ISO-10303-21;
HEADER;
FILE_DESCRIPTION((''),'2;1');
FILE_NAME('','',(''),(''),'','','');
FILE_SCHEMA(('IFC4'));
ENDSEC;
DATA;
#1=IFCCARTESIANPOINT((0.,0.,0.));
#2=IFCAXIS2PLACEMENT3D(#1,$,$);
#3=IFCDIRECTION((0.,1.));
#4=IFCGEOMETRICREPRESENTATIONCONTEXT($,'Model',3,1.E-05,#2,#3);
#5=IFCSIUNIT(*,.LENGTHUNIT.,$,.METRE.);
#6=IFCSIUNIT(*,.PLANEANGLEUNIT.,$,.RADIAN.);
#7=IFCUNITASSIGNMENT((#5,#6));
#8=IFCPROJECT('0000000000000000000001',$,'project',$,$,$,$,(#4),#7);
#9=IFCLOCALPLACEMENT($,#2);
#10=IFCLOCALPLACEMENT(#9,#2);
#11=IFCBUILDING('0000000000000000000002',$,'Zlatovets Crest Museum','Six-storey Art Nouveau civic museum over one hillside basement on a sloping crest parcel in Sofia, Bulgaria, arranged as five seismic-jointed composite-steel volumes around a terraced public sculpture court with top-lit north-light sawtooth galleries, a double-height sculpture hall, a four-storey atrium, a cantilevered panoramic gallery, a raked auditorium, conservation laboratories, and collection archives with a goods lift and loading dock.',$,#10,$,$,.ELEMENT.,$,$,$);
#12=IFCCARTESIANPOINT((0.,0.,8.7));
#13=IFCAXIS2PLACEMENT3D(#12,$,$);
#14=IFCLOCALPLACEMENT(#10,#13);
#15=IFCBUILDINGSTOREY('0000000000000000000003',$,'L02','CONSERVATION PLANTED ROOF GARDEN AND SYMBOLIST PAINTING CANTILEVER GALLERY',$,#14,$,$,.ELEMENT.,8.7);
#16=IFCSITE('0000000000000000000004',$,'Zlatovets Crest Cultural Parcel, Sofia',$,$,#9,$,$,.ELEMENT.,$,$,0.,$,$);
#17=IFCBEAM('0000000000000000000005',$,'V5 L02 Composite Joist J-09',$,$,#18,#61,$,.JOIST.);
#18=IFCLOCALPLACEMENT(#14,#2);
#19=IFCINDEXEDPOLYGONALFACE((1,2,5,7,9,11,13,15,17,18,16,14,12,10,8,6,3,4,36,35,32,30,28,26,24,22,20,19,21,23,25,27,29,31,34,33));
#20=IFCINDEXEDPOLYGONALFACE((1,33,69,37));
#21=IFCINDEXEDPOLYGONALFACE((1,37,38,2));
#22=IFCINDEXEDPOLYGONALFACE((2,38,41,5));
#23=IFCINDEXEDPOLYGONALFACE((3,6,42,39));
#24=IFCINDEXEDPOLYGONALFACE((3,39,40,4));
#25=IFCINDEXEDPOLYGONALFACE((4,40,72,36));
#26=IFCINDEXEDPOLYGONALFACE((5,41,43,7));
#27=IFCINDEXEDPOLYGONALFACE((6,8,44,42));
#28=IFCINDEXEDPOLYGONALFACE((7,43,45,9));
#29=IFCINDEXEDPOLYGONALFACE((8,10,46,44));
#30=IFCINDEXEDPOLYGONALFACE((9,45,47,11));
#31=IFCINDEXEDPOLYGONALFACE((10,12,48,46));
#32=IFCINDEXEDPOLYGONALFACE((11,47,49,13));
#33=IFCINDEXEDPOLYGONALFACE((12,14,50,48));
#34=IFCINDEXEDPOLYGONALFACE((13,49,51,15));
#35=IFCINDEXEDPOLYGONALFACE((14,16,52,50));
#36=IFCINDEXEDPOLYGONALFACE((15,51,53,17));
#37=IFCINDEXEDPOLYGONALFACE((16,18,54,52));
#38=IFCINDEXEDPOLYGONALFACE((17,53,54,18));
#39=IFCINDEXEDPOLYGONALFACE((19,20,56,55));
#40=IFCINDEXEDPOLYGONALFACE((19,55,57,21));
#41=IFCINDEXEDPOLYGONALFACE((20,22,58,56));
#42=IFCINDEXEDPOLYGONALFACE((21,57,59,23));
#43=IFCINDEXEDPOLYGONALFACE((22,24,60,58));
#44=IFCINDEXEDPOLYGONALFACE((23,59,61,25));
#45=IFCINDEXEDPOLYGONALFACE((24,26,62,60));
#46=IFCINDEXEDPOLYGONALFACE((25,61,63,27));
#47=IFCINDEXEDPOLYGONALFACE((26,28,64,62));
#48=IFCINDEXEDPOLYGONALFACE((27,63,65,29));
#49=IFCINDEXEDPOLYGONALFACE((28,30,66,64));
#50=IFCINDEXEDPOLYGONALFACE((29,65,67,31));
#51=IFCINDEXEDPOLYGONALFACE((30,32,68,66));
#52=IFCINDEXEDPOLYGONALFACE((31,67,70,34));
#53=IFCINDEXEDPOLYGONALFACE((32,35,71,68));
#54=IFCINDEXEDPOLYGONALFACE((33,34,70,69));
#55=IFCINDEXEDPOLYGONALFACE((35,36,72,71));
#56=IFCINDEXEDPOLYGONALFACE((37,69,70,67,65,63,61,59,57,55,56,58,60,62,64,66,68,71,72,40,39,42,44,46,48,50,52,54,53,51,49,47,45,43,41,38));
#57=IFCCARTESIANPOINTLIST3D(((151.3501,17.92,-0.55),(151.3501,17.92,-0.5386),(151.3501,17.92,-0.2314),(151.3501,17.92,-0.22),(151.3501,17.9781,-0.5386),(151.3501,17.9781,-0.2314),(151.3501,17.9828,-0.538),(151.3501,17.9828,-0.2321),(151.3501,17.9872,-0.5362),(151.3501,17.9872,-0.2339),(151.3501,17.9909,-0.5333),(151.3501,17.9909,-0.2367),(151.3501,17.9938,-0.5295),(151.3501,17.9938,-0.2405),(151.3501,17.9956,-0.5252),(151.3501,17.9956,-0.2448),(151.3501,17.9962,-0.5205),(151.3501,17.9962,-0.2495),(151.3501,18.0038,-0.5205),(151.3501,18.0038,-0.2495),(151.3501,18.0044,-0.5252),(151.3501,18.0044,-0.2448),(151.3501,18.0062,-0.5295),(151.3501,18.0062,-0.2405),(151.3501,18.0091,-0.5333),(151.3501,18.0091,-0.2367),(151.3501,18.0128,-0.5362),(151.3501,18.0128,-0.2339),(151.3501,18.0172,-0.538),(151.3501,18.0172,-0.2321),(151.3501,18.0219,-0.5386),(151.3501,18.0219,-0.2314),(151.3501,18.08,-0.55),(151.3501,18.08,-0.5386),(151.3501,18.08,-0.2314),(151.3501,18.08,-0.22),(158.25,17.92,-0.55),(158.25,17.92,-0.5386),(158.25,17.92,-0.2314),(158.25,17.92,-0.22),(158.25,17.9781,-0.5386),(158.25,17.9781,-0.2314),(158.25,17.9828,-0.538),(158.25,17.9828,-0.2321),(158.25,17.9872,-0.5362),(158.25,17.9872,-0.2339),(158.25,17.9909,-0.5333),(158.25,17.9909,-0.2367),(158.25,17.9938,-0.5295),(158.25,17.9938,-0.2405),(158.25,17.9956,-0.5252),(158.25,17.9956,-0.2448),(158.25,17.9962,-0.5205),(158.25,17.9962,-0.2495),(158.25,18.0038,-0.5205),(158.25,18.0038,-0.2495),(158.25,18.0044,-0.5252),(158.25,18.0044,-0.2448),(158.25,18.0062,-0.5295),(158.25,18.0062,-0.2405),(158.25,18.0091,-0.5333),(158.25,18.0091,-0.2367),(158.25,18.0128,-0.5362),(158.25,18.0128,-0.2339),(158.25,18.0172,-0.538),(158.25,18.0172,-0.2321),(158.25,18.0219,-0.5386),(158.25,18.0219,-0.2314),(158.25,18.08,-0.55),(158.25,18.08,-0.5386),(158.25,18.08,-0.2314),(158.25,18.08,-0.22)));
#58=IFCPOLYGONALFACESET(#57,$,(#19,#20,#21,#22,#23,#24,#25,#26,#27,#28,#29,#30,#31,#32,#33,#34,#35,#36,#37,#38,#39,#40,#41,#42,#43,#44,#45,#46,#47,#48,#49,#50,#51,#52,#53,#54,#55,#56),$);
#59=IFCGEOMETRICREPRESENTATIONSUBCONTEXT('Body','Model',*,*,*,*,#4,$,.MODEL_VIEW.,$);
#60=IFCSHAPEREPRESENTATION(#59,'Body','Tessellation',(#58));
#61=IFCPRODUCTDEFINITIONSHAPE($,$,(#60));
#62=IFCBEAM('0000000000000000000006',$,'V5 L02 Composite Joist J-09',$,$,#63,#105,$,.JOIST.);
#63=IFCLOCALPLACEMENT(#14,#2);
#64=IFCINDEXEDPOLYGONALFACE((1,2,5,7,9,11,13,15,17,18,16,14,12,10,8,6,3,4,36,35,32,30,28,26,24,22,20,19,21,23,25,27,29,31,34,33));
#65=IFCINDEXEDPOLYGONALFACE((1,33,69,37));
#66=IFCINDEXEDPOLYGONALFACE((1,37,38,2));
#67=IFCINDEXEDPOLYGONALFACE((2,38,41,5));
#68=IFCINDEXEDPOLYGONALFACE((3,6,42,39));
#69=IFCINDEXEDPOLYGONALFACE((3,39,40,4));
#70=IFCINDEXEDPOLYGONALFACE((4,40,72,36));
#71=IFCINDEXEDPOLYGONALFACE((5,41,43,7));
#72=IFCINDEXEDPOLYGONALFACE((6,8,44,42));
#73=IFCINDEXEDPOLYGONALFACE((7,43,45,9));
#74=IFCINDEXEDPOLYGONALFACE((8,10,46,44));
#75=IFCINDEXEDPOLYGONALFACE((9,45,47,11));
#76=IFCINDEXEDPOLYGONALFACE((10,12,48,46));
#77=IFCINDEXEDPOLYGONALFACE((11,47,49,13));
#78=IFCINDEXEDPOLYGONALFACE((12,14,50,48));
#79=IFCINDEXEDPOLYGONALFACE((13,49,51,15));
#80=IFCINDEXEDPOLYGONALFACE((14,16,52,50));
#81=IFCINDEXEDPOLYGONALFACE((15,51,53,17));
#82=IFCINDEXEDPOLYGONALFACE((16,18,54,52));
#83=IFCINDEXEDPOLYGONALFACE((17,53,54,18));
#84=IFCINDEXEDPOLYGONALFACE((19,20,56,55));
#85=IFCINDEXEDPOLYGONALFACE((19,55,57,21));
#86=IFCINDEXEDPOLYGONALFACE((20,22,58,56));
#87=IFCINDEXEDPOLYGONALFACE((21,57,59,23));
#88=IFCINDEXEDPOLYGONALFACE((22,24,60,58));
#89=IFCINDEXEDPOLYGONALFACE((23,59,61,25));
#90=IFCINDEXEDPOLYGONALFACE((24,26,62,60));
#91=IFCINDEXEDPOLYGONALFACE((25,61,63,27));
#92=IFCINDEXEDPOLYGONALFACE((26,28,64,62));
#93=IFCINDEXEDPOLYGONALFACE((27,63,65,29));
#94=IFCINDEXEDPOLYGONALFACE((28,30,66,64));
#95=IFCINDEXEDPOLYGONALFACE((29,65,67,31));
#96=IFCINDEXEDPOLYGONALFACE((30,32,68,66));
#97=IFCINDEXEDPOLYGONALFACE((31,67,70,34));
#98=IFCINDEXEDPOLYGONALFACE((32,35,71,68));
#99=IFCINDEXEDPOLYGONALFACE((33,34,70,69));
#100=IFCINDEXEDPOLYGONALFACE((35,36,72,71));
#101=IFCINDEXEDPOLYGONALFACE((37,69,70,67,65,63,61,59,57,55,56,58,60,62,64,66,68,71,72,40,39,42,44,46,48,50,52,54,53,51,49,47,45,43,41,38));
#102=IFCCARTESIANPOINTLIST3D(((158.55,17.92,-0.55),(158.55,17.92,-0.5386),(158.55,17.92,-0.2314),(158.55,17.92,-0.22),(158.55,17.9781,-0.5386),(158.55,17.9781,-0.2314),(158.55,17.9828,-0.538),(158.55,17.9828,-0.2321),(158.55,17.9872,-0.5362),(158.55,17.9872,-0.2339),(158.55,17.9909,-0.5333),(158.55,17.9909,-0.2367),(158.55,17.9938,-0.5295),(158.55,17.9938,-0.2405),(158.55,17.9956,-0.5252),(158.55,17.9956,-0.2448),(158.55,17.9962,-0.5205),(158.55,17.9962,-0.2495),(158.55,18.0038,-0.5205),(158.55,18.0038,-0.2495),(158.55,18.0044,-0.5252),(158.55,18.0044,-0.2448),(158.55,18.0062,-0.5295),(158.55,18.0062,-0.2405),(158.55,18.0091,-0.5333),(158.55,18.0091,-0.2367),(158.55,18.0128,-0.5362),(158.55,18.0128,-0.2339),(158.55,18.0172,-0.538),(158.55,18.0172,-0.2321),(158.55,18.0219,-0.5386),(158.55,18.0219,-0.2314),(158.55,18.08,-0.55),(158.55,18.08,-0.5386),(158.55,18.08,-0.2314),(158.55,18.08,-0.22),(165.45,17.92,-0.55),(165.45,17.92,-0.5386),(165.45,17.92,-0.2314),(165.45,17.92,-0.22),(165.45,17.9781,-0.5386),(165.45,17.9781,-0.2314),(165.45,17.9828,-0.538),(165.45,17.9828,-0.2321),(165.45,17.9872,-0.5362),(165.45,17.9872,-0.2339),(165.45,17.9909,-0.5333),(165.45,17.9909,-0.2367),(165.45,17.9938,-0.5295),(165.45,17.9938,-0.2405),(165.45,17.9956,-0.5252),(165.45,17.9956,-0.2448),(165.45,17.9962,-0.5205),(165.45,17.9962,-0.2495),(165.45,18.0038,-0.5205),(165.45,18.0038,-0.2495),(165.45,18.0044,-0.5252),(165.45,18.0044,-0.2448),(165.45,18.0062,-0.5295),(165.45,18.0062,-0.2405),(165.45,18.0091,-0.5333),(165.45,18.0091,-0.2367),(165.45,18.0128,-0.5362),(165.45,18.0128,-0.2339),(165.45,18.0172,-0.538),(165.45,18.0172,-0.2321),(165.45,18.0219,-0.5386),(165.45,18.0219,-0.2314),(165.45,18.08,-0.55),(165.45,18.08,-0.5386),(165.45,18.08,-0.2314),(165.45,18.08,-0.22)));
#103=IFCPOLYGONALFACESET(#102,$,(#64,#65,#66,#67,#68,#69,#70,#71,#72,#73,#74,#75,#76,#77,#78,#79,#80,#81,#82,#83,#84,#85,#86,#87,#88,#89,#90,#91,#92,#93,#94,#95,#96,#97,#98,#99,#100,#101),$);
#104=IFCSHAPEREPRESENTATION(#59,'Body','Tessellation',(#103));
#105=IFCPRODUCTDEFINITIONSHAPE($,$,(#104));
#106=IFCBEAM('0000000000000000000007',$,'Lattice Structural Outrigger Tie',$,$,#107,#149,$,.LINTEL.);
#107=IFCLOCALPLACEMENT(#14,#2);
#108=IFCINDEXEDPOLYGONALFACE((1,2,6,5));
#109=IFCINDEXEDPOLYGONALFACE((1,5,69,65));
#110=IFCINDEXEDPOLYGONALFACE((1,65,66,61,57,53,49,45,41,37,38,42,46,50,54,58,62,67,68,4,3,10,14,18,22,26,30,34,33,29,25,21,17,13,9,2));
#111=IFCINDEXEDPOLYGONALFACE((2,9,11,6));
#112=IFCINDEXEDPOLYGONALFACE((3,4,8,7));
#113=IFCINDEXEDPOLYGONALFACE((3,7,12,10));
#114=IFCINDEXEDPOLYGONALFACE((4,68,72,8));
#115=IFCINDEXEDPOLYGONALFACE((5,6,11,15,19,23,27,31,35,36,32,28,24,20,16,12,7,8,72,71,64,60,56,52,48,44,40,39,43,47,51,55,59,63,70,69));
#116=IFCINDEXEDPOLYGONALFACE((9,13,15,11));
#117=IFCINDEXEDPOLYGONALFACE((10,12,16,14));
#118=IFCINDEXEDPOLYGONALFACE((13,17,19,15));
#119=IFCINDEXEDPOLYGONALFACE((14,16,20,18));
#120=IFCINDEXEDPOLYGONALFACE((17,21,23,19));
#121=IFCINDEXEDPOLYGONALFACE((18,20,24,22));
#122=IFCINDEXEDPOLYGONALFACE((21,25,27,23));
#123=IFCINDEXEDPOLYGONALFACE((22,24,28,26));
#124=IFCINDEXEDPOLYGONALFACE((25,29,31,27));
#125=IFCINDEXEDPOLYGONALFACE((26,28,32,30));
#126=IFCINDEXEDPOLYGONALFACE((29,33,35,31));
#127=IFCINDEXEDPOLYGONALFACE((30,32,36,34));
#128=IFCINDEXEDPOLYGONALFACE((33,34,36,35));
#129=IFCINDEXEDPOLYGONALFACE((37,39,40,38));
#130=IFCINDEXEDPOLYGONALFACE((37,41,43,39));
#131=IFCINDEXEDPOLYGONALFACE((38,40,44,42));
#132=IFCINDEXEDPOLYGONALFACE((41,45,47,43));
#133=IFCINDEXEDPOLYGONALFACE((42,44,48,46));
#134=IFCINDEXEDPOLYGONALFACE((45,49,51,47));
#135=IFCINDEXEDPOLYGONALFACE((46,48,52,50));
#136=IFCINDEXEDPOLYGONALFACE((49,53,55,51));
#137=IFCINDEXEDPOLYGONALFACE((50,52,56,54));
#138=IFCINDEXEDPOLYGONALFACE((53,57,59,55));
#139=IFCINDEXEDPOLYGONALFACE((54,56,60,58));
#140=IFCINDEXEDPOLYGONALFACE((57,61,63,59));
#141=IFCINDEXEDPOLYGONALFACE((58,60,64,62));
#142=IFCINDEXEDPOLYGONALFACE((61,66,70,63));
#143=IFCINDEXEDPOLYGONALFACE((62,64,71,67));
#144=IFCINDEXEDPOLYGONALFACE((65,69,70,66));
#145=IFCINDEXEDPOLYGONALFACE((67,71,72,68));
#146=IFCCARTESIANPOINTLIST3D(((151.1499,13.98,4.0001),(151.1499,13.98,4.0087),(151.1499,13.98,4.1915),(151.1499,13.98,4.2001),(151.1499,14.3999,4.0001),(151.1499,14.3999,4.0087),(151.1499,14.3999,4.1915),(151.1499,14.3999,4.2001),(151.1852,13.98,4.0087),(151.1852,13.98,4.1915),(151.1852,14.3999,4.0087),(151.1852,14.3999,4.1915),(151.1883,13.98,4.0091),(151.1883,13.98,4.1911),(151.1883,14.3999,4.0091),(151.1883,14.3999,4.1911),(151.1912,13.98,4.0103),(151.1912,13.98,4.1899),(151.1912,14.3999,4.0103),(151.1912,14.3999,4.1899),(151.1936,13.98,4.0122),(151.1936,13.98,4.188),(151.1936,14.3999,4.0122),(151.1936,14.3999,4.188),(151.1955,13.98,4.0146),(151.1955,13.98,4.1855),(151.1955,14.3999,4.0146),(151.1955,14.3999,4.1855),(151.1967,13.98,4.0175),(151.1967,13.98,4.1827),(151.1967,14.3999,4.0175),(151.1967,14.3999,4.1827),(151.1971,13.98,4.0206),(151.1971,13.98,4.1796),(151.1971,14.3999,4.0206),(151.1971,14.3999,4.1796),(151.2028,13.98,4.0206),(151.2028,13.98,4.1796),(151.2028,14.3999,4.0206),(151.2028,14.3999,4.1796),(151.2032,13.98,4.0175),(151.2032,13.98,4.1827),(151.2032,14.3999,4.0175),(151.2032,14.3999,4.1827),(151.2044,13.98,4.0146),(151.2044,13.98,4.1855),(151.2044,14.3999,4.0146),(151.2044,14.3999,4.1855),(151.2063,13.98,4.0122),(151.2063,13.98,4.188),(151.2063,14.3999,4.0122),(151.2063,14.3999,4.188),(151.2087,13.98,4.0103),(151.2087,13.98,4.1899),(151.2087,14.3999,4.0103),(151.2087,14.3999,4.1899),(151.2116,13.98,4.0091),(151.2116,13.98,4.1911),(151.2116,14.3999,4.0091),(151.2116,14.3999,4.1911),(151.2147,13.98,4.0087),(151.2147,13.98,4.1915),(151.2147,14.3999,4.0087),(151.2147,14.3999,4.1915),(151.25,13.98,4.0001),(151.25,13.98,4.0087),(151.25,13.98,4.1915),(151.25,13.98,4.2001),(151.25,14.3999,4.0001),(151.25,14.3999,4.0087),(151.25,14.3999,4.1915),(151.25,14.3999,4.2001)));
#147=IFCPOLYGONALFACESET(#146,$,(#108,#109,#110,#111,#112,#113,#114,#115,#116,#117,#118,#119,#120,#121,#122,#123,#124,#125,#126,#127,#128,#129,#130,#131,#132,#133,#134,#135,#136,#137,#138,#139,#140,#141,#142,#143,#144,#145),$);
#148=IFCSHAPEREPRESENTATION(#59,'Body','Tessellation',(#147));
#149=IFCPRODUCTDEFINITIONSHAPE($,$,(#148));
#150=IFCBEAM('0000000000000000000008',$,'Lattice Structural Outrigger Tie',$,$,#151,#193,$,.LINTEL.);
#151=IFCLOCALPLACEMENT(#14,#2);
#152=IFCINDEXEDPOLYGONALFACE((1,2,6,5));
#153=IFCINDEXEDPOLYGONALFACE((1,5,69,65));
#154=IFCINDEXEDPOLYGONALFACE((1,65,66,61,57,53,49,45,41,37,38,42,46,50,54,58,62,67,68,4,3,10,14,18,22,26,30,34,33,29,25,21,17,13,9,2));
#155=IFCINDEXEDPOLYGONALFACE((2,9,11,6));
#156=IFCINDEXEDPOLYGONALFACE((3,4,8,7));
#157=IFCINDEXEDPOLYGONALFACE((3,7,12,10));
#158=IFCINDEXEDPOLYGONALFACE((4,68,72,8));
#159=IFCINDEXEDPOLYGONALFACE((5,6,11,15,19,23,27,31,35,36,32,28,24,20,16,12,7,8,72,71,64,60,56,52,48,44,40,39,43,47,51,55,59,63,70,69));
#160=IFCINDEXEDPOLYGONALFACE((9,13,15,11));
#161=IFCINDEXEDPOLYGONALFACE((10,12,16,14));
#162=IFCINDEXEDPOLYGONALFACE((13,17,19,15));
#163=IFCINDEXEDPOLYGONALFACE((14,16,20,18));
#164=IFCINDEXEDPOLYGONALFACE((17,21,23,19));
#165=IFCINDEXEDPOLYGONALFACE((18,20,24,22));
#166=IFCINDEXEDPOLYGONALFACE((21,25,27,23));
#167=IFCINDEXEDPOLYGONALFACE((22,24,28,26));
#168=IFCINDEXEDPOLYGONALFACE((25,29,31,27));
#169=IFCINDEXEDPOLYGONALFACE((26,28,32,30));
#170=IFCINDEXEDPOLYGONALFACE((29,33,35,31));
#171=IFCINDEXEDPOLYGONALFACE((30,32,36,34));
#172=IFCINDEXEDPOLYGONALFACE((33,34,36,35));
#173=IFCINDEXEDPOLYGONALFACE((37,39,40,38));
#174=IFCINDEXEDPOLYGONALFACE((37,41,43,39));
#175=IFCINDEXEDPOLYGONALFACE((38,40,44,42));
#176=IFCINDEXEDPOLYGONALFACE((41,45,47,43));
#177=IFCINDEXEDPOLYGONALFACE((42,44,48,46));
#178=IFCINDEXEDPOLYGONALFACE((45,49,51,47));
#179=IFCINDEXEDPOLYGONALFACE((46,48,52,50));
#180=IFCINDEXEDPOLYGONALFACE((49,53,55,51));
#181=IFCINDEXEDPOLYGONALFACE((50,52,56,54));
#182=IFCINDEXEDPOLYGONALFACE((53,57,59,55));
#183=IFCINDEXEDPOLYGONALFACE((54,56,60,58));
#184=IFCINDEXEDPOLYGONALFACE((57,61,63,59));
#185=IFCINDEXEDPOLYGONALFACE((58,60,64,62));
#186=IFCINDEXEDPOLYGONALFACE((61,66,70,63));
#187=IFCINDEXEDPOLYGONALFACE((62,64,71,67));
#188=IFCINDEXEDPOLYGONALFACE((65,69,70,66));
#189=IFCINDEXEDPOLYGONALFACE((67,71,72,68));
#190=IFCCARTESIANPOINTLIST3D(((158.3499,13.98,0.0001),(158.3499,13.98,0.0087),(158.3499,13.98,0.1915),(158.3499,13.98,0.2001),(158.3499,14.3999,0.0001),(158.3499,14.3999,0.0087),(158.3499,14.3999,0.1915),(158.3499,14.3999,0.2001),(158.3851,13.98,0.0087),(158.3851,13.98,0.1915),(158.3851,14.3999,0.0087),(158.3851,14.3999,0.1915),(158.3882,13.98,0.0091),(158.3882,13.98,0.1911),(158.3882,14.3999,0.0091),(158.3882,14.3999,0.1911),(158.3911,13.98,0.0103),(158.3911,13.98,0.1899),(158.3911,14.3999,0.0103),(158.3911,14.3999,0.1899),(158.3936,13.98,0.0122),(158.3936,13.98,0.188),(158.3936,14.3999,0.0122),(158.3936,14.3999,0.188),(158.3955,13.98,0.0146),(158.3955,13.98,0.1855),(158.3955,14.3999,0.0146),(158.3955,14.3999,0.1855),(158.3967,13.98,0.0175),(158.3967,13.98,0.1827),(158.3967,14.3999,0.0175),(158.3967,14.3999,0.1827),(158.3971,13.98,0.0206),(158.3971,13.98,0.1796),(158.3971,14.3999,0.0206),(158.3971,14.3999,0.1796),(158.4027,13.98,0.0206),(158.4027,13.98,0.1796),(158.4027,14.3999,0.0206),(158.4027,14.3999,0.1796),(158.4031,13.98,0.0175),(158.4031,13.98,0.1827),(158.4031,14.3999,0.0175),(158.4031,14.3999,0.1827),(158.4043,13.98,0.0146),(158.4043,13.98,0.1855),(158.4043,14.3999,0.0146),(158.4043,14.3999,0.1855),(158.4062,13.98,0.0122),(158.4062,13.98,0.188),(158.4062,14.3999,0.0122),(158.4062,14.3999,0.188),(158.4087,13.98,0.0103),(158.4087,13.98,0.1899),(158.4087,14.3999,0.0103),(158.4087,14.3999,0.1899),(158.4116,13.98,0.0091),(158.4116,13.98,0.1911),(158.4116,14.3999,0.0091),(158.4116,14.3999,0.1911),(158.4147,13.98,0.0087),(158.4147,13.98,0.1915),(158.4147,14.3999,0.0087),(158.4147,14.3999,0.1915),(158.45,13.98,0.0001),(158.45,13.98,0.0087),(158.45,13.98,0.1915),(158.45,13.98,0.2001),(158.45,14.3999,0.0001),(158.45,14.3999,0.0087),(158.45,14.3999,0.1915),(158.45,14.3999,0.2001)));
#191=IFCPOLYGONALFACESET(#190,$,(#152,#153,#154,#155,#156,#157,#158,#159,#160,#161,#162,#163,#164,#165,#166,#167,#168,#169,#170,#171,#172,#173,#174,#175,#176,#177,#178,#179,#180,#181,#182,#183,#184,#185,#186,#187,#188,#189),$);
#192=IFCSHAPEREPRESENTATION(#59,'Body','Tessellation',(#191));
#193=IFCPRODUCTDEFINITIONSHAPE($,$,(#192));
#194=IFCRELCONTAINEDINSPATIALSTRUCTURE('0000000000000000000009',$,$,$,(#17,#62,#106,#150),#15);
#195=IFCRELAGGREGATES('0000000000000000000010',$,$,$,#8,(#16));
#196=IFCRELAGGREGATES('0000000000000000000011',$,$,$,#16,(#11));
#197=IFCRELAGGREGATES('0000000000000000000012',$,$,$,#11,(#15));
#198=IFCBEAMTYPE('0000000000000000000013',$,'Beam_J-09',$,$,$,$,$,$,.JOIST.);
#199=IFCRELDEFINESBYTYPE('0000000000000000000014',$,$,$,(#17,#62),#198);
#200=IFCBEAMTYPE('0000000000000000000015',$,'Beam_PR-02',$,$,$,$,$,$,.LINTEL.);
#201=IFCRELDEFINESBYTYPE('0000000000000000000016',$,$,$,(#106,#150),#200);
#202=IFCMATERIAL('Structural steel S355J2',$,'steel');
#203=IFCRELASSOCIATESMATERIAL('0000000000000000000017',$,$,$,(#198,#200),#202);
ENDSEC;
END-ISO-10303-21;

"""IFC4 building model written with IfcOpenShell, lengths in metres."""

from ifc_helpers import new_model, si_unit, direction, frame, origin, origin_2d, place, context, subcontext, project, spatial, i_section, extrude, material, material_profile, profile_set, type_object, element, save


model = new_model("IFC4")

# Units and contexts
model_context = context("Model", 3, precision=1e-05, world=origin(), true_north=direction((0.0, 1.0)))
body_context = subcontext(model_context, "Body", "Model", "MODEL_VIEW")
ifc_project = project(units=[si_unit("LENGTHUNIT", "METRE"), si_unit("PLANEANGLEUNIT", "RADIAN")], contexts=[model_context])

# Site, building, storey
site_placement = place(None, origin())
site = spatial("IfcSite", under=ifc_project, at=site_placement, Name="Zlatovets Crest Cultural Parcel, Sofia", CompositionType="ELEMENT", RefElevation=0.0)
building_placement = place(site_placement, origin())
building = spatial("IfcBuilding", under=site, at=building_placement, Name="Zlatovets Crest Museum", Description="Six-storey Art Nouveau civic museum over one hillside basement on a sloping crest parcel in Sofia, Bulgaria, arranged as five seismic-jointed composite-steel volumes around a terraced public sculpture court with top-lit north-light sawtooth galleries, a double-height sculpture hall, a four-storey atrium, a cantilevered panoramic gallery, a raked auditorium, conservation laboratories, and collection archives with a goods lift and loading dock.", CompositionType="ELEMENT")
storey_placement = place(building_placement, frame((0.0, 0.0, 8.7)))
storey = spatial("IfcBuildingStorey", under=building, at=storey_placement, Name="L02", Description="CONSERVATION PLANTED ROOF GARDEN AND SYMBOLIST PAINTING CANTILEVER GALLERY", CompositionType="ELEMENT", Elevation=8.7)

# Shared definitions
ifc_material_1 = material(Name="Structural steel S355J2", Category="steel")

# Beams
ifc_material_profile_1 = material_profile(ifc_material_1, i_section(OverallWidth=0.1599, OverallDepth=0.3301, WebThickness=0.0076, FlangeThickness=0.0115, FilletRadius=0.0181, at=origin_2d()), Name="IPE 330")
ifc_profile_set_1 = profile_set([ifc_material_profile_1], Name="Structural steel S355J2")
beam_type_1 = type_object("IfcBeamType", Name="Beam_J-09", PredefinedType="JOIST", material=ifc_profile_set_1)
for number, where, z_axis, x_axis, name in (
    (1, (151.3501, 18.0, -0.385), (1.0, 0.0, 0.0), (0.0, 1.0, 0.0), "V5 L02 Composite Joist J-09"),
    (2, (158.55, 18.0, -0.385), (1.0, 0.0, 0.0), (0.0, 1.0, 0.0), "V5 L02 Composite Joist J-09"),
):
    element("IfcBeam", number, at=place(storey_placement, frame(where, z_axis=z_axis, x_axis=x_axis)), inside=storey, type_object=beam_type_1, Name=name, PredefinedType="JOIST", context=body_context, shape_type="SweptSolid", body=[
        extrude(i_section(OverallWidth=0.1599, OverallDepth=0.3301, WebThickness=0.0076, FlangeThickness=0.0115, FilletRadius=0.0181, at=origin_2d()), origin(), (0.0, 0.0, 1.0), 6.8999),
    ])
ifc_material_profile_2 = material_profile(ifc_material_1, i_section(OverallWidth=0.1001, OverallDepth=0.2, WebThickness=0.0056, FlangeThickness=0.0085, FilletRadius=0.012, at=origin_2d()), Name="IPE 200")
ifc_profile_set_2 = profile_set([ifc_material_profile_2], Name="Structural steel S355J2")
beam_type_2 = type_object("IfcBeamType", Name="Beam_PR-02", PredefinedType="LINTEL", material=ifc_profile_set_2)
for number, where, z_axis, x_axis, name in (
    (3, (151.2, 14.3999, 4.1001), (0.0, -1.0, 0.0), (1.0, 0.0, 0.0), "Lattice Structural Outrigger Tie"),
    (4, (158.3999, 14.3999, 0.1001), (0.0, -1.0, 0.0), (1.0, 0.0, 0.0), "Lattice Structural Outrigger Tie"),
):
    element("IfcBeam", number, at=place(storey_placement, frame(where, z_axis=z_axis, x_axis=x_axis)), inside=storey, type_object=beam_type_2, Name=name, PredefinedType="LINTEL", context=body_context, shape_type="SweptSolid", body=[
        extrude(i_section(OverallWidth=0.1001, OverallDepth=0.2, WebThickness=0.0056, FlangeThickness=0.0085, FilletRadius=0.012, at=origin_2d()), origin(), (0.0, 0.0, 1.0), 0.4199),
    ])

save(model, "model.ifc")
